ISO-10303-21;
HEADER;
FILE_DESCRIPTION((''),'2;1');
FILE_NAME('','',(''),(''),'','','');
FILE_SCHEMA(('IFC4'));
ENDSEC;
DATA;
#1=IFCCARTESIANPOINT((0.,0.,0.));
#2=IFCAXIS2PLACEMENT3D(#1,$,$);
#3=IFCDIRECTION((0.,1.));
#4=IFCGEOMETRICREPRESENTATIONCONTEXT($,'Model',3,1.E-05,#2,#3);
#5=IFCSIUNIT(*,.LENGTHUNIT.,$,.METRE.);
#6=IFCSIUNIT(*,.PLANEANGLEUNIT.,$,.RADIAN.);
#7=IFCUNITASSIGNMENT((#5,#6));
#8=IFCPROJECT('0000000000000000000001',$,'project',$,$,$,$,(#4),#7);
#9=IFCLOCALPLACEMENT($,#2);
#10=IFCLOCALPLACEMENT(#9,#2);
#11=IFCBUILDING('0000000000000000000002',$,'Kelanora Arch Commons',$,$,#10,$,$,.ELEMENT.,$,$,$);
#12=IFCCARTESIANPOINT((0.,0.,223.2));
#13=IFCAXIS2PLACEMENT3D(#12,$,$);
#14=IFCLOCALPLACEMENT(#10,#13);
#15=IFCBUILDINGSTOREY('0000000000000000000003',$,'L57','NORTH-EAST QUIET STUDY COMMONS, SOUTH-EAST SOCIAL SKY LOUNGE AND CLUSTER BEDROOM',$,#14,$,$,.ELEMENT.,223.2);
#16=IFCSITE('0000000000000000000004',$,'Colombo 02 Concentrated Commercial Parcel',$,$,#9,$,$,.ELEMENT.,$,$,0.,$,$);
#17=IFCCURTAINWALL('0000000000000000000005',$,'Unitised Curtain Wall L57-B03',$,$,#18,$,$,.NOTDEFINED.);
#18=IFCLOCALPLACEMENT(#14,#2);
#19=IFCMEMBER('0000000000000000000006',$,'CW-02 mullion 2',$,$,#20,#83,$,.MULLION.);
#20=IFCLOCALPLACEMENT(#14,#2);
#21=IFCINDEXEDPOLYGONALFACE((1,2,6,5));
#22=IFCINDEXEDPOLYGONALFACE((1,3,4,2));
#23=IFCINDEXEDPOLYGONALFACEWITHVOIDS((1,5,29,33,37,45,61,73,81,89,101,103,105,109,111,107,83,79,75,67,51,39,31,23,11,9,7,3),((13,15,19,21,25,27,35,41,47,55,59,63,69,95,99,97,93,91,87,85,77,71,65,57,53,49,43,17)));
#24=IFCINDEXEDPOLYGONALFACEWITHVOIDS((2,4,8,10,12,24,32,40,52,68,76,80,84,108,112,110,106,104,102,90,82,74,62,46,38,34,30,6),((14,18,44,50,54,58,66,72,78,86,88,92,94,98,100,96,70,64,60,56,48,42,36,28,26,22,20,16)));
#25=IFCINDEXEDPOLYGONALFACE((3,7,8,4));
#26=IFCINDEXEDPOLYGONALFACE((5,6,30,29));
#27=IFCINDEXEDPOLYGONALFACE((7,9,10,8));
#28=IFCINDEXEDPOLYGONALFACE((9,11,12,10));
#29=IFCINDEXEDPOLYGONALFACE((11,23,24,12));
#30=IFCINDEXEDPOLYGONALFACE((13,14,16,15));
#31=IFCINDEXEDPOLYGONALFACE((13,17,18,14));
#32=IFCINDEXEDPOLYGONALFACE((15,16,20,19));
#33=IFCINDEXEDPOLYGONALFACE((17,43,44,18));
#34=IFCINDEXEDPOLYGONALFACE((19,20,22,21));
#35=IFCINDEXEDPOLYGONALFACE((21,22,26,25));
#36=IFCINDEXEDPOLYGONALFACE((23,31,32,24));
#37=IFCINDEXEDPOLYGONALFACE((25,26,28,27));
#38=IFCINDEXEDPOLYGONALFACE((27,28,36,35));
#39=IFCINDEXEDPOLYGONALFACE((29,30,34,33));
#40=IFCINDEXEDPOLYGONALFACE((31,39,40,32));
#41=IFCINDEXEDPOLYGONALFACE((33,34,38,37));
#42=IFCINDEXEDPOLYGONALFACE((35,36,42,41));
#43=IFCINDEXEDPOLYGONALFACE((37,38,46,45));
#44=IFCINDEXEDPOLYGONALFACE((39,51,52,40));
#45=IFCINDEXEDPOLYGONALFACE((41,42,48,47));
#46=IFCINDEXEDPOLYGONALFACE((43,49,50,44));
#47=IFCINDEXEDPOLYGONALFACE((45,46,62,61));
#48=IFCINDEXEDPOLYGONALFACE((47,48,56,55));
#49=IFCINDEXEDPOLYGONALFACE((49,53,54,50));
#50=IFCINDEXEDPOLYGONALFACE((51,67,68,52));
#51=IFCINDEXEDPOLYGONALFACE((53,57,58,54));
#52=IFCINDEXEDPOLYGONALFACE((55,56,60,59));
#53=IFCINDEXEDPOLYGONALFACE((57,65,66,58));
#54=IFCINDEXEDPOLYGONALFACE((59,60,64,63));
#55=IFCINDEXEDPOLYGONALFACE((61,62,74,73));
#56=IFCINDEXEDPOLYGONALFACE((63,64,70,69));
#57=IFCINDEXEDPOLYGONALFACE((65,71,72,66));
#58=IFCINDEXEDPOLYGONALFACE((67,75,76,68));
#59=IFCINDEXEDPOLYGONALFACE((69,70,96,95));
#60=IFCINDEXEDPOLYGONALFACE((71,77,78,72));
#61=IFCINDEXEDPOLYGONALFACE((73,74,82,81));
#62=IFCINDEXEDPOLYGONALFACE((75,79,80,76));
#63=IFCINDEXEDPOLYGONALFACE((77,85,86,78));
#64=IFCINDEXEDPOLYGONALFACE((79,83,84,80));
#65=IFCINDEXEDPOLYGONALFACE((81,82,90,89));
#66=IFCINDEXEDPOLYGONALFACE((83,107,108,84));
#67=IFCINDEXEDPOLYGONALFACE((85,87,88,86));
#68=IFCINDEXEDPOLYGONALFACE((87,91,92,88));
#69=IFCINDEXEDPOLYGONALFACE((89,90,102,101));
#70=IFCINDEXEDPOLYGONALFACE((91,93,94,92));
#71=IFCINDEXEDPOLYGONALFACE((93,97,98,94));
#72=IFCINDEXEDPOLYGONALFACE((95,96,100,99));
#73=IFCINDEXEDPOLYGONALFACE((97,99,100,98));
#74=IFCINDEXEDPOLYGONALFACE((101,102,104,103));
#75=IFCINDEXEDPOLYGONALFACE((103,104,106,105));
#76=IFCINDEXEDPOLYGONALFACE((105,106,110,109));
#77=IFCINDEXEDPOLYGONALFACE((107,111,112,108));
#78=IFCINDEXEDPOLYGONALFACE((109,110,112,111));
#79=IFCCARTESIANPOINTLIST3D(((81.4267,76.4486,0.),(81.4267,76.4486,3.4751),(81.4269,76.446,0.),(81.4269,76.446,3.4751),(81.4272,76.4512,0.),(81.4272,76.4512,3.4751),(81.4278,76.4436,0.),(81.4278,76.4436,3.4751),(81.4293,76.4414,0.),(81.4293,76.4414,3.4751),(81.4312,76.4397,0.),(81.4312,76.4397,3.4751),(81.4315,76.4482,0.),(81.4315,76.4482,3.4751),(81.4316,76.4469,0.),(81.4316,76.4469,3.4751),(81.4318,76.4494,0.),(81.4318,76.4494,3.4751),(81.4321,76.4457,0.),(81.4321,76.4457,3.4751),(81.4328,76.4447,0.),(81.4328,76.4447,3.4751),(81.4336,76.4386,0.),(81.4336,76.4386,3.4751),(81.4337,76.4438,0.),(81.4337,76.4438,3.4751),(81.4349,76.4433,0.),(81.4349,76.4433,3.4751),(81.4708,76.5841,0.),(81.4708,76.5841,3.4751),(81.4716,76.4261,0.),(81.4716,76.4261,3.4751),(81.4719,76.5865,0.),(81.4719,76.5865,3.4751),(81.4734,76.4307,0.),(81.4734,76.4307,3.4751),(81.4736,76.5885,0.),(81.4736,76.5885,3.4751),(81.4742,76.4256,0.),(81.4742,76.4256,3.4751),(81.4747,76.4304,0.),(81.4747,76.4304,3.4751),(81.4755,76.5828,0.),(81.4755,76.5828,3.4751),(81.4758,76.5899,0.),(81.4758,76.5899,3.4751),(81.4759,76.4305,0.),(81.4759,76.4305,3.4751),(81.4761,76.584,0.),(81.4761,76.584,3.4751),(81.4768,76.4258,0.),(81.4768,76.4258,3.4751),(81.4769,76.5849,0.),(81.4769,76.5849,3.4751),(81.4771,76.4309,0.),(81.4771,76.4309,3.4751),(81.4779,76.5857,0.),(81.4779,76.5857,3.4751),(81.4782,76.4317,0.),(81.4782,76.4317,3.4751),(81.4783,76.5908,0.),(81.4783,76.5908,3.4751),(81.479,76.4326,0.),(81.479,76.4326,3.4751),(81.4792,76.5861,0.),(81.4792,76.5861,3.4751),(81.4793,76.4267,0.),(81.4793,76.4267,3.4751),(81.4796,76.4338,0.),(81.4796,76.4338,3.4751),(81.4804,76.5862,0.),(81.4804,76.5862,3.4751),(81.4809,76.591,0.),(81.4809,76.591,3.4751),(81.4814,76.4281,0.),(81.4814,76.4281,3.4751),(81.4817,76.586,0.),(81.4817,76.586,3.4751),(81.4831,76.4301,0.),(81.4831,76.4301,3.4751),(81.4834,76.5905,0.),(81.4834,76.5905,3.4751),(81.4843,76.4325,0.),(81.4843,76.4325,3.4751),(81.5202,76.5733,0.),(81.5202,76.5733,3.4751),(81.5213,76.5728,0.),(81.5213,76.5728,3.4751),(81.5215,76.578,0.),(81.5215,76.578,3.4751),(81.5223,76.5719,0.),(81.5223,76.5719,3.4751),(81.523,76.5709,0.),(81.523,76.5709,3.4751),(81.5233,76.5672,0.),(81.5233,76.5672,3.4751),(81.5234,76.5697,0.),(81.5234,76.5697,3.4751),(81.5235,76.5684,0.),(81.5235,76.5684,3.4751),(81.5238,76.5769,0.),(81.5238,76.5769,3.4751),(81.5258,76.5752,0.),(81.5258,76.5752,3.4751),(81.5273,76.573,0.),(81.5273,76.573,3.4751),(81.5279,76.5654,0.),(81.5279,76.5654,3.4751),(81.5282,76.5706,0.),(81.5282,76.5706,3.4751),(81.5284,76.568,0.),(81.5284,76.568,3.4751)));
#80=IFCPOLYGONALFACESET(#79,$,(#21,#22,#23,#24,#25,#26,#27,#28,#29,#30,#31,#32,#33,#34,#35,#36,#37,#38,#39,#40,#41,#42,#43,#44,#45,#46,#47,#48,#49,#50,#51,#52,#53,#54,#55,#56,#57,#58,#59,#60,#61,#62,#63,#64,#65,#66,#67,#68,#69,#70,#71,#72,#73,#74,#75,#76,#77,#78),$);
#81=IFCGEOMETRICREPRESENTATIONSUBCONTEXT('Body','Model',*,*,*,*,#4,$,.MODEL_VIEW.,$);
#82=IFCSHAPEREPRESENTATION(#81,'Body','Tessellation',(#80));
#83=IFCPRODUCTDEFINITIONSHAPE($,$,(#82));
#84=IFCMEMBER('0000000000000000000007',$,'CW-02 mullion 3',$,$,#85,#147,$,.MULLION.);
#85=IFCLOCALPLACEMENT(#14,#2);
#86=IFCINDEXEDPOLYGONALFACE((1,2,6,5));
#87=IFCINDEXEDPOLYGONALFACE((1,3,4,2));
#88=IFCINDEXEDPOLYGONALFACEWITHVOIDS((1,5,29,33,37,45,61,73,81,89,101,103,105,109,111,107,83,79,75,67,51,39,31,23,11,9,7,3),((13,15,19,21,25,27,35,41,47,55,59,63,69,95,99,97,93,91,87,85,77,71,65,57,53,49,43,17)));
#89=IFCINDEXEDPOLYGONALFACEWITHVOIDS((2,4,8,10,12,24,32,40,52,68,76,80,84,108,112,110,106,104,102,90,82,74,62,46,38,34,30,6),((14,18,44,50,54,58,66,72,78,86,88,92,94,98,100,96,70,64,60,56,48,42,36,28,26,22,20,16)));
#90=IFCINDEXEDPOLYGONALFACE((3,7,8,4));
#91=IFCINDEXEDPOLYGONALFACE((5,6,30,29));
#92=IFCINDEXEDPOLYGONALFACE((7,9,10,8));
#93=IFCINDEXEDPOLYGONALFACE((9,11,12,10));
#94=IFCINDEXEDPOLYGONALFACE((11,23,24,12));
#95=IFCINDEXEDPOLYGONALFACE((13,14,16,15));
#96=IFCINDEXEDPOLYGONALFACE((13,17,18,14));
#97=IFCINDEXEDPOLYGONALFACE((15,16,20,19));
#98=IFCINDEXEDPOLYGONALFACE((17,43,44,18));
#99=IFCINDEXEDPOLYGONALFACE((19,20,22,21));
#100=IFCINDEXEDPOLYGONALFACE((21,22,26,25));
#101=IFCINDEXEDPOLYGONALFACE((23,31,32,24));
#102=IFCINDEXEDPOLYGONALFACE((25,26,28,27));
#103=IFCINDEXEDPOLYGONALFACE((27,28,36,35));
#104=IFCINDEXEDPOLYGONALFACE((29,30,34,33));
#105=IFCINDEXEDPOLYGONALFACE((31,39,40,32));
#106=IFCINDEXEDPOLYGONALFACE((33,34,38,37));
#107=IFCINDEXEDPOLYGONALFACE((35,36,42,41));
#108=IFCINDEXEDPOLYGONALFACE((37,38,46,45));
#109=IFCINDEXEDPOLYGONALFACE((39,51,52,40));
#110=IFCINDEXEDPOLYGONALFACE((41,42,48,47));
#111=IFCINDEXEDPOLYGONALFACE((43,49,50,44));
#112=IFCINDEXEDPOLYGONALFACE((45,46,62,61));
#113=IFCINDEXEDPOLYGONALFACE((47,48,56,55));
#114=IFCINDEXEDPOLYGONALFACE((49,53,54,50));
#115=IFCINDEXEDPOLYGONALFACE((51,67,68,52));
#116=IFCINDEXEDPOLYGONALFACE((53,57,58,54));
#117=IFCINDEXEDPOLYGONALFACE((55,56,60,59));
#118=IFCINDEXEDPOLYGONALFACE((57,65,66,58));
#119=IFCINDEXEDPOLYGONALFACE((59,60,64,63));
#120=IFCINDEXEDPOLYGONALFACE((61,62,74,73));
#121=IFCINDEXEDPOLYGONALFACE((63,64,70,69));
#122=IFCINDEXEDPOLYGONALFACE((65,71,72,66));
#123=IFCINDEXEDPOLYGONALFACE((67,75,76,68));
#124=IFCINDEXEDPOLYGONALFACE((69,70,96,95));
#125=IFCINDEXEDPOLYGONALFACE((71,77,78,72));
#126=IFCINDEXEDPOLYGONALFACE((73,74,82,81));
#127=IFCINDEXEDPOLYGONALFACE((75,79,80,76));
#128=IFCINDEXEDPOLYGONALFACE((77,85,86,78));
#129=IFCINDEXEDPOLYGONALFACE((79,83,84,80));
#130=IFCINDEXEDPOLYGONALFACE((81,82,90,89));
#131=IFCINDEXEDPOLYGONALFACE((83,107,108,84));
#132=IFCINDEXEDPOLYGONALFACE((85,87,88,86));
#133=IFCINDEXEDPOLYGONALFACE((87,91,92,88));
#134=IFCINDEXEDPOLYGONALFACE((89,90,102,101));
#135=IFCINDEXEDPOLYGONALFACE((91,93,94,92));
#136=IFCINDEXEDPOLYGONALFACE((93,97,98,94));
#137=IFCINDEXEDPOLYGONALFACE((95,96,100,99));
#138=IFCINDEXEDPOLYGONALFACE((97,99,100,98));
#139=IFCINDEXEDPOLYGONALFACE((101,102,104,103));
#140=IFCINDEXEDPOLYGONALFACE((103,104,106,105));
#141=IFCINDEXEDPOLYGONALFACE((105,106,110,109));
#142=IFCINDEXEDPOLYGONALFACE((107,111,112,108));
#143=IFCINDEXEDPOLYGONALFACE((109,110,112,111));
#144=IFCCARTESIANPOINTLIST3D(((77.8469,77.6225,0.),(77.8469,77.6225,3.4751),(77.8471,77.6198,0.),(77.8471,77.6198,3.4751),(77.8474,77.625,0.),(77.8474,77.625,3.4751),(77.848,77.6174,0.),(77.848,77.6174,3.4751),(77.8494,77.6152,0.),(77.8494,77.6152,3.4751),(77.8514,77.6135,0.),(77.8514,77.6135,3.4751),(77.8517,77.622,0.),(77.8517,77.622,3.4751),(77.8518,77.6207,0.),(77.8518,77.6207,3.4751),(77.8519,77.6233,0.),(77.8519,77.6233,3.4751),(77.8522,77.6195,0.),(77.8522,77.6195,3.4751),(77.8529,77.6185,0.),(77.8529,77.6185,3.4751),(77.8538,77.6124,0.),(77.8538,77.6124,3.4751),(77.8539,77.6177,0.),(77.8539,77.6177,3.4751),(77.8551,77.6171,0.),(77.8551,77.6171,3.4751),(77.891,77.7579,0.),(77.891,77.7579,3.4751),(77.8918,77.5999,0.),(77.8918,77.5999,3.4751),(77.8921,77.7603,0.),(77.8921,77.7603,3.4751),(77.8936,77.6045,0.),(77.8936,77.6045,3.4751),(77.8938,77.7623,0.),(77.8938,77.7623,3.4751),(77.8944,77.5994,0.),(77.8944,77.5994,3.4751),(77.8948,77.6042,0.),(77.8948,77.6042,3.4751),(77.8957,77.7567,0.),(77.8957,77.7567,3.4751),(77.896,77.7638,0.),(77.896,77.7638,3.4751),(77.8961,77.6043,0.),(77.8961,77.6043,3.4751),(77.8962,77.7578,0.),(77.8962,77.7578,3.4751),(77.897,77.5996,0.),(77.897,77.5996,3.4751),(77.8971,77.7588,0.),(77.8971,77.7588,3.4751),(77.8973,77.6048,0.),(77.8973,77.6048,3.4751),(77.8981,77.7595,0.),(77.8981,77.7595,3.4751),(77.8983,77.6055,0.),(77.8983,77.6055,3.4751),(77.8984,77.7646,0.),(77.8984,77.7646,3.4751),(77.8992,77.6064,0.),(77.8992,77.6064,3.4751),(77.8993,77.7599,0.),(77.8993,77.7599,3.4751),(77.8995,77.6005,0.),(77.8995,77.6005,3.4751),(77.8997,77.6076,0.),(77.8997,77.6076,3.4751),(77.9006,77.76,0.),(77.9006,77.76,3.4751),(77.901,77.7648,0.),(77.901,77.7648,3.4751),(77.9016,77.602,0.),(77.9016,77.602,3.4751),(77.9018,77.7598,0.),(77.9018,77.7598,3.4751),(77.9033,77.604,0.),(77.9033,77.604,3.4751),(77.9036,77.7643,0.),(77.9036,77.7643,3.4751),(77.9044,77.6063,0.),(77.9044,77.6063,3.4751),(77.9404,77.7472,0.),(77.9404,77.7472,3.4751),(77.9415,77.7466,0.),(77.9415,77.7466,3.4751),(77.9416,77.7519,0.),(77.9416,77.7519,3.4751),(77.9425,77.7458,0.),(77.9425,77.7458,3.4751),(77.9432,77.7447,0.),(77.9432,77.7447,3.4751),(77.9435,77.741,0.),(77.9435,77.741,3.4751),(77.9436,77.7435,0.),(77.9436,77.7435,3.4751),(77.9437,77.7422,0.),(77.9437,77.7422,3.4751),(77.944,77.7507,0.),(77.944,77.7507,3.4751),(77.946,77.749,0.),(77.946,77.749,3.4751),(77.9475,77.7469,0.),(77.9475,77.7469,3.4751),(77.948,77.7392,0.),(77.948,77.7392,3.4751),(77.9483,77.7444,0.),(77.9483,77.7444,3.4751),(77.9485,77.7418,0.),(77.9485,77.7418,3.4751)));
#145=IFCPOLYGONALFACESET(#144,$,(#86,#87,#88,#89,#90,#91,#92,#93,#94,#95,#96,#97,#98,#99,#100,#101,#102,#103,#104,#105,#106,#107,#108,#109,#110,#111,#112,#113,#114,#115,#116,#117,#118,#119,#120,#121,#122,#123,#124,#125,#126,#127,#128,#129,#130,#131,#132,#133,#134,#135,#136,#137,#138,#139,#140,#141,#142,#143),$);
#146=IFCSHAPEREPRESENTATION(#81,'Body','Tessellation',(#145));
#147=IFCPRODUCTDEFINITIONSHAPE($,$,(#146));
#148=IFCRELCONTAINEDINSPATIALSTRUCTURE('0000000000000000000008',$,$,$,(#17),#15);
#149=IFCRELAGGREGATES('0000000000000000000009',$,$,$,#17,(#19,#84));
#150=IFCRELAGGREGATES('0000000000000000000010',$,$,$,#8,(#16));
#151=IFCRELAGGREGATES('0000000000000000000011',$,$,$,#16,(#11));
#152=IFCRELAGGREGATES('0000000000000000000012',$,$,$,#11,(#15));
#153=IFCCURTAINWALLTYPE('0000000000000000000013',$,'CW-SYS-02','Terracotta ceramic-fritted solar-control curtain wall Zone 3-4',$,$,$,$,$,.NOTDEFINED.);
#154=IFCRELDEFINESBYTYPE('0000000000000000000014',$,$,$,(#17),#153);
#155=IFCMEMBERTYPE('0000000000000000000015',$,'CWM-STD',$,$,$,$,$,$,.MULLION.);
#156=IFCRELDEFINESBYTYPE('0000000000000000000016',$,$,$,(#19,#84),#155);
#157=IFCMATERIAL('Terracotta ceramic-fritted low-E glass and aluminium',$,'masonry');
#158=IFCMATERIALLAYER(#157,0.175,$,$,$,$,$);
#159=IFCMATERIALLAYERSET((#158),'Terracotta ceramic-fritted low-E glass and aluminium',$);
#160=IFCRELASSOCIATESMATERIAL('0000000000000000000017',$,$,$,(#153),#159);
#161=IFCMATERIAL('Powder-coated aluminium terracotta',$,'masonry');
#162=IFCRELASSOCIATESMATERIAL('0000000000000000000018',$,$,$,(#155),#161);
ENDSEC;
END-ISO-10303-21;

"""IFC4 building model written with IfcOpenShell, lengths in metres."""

from ifc_helpers import new_model, si_unit, direction, frame, origin, origin_2d, place, context, subcontext, project, spatial, hollow_rectangle, extrude, material, layer, layer_set, material_profile, profile_set, type_object, element, aggregate, save


model = new_model("IFC4")

# Units and contexts
model_context = context("Model", 3, precision=1e-05, world=origin(), true_north=direction((0.0, 1.0)))
body_context = subcontext(model_context, "Body", "Model", "MODEL_VIEW")
ifc_project = project(units=[si_unit("LENGTHUNIT", "METRE"), si_unit("PLANEANGLEUNIT", "RADIAN")], contexts=[model_context])

# Site, building, storey
site_placement = place(None, origin())
site = spatial("IfcSite", under=ifc_project, at=site_placement, Name="Colombo 02 Concentrated Commercial Parcel", CompositionType="ELEMENT", RefElevation=0.0)
building_placement = place(site_placement, origin())
building = spatial("IfcBuilding", under=site, at=building_placement, Name="Kelanora Arch Commons", CompositionType="ELEMENT")
storey_placement = place(building_placement, frame((0.0, 0.0, 223.2)))
storey = spatial("IfcBuildingStorey", under=building, at=storey_placement, Name="L57", Description="NORTH-EAST QUIET STUDY COMMONS, SOUTH-EAST SOCIAL SKY LOUNGE AND CLUSTER BEDROOM", CompositionType="ELEMENT", Elevation=223.2)

# Curtain wall, members
ifc_material_1 = material(Name="Terracotta ceramic-fritted low-E glass and aluminium", Category="masonry")
ifc_layer_1 = layer(ifc_material_1, 0.175)
ifc_layer_set_1 = layer_set([ifc_layer_1], Name="Terracotta ceramic-fritted low-E glass and aluminium")
curtain_wall_type = type_object("IfcCurtainWallType", Name="CW-SYS-02", Description="Terracotta ceramic-fritted solar-control curtain wall Zone 3-4", PredefinedType="NOTDEFINED", material=ifc_layer_set_1)
curtain_wall_placement = place(storey_placement, origin())
curtain_wall = element("IfcCurtainWall", 1, at=curtain_wall_placement, inside=storey, type_object=curtain_wall_type, Name="Unitised Curtain Wall L57-B03", PredefinedType="NOTDEFINED")
ifc_material_2 = material(Name="Powder-coated aluminium terracotta", Category="masonry")
ifc_material_profile_1 = material_profile(ifc_material_2, hollow_rectangle(XDim=0.1599, YDim=0.0601, WallThickness=0.0049, InnerFilletRadius=0.0049, OuterFilletRadius=0.01, at=origin_2d()), Name="CWM160x60")
ifc_profile_set_1 = profile_set([ifc_material_profile_1], Name="Powder-coated aluminium terracotta")
member_type_1 = type_object("IfcMemberType", Name="CWM-STD", PredefinedType="MULLION", material=ifc_profile_set_1)
member_1_placement = place(storey_placement, frame((81.4775, 76.5083, 0.0), z_axis=(0.0, 0.0, 1.0), x_axis=(-0.311582, -0.950219, 0.0)))
member_1 = element("IfcMember", 2, at=member_1_placement, type_object=member_type_1, Name="CW-02 mullion 2", PredefinedType="MULLION", context=body_context, shape_type="SweptSolid", body=[
    extrude(hollow_rectangle(XDim=0.1599, YDim=0.0601, WallThickness=0.0049, InnerFilletRadius=0.0049, OuterFilletRadius=0.01, at=origin_2d()), origin(), (0.0, 0.0, 1.0), 3.4751),
])
member_2_placement = place(storey_placement, frame((77.8977, 77.6821, 0.0), z_axis=(0.0, 0.0, 1.0), x_axis=(-0.311582, -0.950219, 0.0)))
member_2 = element("IfcMember", 3, at=member_2_placement, type_object=member_type_1, Name="CW-02 mullion 3", PredefinedType="MULLION", context=body_context, shape_type="SweptSolid", body=[
    extrude(hollow_rectangle(XDim=0.1599, YDim=0.0601, WallThickness=0.0049, InnerFilletRadius=0.0049, OuterFilletRadius=0.01, at=origin_2d()), origin(), (0.0, 0.0, 1.0), 3.4751),
])
aggregate(curtain_wall, [member_1, member_2])

save(model, "model.ifc")
